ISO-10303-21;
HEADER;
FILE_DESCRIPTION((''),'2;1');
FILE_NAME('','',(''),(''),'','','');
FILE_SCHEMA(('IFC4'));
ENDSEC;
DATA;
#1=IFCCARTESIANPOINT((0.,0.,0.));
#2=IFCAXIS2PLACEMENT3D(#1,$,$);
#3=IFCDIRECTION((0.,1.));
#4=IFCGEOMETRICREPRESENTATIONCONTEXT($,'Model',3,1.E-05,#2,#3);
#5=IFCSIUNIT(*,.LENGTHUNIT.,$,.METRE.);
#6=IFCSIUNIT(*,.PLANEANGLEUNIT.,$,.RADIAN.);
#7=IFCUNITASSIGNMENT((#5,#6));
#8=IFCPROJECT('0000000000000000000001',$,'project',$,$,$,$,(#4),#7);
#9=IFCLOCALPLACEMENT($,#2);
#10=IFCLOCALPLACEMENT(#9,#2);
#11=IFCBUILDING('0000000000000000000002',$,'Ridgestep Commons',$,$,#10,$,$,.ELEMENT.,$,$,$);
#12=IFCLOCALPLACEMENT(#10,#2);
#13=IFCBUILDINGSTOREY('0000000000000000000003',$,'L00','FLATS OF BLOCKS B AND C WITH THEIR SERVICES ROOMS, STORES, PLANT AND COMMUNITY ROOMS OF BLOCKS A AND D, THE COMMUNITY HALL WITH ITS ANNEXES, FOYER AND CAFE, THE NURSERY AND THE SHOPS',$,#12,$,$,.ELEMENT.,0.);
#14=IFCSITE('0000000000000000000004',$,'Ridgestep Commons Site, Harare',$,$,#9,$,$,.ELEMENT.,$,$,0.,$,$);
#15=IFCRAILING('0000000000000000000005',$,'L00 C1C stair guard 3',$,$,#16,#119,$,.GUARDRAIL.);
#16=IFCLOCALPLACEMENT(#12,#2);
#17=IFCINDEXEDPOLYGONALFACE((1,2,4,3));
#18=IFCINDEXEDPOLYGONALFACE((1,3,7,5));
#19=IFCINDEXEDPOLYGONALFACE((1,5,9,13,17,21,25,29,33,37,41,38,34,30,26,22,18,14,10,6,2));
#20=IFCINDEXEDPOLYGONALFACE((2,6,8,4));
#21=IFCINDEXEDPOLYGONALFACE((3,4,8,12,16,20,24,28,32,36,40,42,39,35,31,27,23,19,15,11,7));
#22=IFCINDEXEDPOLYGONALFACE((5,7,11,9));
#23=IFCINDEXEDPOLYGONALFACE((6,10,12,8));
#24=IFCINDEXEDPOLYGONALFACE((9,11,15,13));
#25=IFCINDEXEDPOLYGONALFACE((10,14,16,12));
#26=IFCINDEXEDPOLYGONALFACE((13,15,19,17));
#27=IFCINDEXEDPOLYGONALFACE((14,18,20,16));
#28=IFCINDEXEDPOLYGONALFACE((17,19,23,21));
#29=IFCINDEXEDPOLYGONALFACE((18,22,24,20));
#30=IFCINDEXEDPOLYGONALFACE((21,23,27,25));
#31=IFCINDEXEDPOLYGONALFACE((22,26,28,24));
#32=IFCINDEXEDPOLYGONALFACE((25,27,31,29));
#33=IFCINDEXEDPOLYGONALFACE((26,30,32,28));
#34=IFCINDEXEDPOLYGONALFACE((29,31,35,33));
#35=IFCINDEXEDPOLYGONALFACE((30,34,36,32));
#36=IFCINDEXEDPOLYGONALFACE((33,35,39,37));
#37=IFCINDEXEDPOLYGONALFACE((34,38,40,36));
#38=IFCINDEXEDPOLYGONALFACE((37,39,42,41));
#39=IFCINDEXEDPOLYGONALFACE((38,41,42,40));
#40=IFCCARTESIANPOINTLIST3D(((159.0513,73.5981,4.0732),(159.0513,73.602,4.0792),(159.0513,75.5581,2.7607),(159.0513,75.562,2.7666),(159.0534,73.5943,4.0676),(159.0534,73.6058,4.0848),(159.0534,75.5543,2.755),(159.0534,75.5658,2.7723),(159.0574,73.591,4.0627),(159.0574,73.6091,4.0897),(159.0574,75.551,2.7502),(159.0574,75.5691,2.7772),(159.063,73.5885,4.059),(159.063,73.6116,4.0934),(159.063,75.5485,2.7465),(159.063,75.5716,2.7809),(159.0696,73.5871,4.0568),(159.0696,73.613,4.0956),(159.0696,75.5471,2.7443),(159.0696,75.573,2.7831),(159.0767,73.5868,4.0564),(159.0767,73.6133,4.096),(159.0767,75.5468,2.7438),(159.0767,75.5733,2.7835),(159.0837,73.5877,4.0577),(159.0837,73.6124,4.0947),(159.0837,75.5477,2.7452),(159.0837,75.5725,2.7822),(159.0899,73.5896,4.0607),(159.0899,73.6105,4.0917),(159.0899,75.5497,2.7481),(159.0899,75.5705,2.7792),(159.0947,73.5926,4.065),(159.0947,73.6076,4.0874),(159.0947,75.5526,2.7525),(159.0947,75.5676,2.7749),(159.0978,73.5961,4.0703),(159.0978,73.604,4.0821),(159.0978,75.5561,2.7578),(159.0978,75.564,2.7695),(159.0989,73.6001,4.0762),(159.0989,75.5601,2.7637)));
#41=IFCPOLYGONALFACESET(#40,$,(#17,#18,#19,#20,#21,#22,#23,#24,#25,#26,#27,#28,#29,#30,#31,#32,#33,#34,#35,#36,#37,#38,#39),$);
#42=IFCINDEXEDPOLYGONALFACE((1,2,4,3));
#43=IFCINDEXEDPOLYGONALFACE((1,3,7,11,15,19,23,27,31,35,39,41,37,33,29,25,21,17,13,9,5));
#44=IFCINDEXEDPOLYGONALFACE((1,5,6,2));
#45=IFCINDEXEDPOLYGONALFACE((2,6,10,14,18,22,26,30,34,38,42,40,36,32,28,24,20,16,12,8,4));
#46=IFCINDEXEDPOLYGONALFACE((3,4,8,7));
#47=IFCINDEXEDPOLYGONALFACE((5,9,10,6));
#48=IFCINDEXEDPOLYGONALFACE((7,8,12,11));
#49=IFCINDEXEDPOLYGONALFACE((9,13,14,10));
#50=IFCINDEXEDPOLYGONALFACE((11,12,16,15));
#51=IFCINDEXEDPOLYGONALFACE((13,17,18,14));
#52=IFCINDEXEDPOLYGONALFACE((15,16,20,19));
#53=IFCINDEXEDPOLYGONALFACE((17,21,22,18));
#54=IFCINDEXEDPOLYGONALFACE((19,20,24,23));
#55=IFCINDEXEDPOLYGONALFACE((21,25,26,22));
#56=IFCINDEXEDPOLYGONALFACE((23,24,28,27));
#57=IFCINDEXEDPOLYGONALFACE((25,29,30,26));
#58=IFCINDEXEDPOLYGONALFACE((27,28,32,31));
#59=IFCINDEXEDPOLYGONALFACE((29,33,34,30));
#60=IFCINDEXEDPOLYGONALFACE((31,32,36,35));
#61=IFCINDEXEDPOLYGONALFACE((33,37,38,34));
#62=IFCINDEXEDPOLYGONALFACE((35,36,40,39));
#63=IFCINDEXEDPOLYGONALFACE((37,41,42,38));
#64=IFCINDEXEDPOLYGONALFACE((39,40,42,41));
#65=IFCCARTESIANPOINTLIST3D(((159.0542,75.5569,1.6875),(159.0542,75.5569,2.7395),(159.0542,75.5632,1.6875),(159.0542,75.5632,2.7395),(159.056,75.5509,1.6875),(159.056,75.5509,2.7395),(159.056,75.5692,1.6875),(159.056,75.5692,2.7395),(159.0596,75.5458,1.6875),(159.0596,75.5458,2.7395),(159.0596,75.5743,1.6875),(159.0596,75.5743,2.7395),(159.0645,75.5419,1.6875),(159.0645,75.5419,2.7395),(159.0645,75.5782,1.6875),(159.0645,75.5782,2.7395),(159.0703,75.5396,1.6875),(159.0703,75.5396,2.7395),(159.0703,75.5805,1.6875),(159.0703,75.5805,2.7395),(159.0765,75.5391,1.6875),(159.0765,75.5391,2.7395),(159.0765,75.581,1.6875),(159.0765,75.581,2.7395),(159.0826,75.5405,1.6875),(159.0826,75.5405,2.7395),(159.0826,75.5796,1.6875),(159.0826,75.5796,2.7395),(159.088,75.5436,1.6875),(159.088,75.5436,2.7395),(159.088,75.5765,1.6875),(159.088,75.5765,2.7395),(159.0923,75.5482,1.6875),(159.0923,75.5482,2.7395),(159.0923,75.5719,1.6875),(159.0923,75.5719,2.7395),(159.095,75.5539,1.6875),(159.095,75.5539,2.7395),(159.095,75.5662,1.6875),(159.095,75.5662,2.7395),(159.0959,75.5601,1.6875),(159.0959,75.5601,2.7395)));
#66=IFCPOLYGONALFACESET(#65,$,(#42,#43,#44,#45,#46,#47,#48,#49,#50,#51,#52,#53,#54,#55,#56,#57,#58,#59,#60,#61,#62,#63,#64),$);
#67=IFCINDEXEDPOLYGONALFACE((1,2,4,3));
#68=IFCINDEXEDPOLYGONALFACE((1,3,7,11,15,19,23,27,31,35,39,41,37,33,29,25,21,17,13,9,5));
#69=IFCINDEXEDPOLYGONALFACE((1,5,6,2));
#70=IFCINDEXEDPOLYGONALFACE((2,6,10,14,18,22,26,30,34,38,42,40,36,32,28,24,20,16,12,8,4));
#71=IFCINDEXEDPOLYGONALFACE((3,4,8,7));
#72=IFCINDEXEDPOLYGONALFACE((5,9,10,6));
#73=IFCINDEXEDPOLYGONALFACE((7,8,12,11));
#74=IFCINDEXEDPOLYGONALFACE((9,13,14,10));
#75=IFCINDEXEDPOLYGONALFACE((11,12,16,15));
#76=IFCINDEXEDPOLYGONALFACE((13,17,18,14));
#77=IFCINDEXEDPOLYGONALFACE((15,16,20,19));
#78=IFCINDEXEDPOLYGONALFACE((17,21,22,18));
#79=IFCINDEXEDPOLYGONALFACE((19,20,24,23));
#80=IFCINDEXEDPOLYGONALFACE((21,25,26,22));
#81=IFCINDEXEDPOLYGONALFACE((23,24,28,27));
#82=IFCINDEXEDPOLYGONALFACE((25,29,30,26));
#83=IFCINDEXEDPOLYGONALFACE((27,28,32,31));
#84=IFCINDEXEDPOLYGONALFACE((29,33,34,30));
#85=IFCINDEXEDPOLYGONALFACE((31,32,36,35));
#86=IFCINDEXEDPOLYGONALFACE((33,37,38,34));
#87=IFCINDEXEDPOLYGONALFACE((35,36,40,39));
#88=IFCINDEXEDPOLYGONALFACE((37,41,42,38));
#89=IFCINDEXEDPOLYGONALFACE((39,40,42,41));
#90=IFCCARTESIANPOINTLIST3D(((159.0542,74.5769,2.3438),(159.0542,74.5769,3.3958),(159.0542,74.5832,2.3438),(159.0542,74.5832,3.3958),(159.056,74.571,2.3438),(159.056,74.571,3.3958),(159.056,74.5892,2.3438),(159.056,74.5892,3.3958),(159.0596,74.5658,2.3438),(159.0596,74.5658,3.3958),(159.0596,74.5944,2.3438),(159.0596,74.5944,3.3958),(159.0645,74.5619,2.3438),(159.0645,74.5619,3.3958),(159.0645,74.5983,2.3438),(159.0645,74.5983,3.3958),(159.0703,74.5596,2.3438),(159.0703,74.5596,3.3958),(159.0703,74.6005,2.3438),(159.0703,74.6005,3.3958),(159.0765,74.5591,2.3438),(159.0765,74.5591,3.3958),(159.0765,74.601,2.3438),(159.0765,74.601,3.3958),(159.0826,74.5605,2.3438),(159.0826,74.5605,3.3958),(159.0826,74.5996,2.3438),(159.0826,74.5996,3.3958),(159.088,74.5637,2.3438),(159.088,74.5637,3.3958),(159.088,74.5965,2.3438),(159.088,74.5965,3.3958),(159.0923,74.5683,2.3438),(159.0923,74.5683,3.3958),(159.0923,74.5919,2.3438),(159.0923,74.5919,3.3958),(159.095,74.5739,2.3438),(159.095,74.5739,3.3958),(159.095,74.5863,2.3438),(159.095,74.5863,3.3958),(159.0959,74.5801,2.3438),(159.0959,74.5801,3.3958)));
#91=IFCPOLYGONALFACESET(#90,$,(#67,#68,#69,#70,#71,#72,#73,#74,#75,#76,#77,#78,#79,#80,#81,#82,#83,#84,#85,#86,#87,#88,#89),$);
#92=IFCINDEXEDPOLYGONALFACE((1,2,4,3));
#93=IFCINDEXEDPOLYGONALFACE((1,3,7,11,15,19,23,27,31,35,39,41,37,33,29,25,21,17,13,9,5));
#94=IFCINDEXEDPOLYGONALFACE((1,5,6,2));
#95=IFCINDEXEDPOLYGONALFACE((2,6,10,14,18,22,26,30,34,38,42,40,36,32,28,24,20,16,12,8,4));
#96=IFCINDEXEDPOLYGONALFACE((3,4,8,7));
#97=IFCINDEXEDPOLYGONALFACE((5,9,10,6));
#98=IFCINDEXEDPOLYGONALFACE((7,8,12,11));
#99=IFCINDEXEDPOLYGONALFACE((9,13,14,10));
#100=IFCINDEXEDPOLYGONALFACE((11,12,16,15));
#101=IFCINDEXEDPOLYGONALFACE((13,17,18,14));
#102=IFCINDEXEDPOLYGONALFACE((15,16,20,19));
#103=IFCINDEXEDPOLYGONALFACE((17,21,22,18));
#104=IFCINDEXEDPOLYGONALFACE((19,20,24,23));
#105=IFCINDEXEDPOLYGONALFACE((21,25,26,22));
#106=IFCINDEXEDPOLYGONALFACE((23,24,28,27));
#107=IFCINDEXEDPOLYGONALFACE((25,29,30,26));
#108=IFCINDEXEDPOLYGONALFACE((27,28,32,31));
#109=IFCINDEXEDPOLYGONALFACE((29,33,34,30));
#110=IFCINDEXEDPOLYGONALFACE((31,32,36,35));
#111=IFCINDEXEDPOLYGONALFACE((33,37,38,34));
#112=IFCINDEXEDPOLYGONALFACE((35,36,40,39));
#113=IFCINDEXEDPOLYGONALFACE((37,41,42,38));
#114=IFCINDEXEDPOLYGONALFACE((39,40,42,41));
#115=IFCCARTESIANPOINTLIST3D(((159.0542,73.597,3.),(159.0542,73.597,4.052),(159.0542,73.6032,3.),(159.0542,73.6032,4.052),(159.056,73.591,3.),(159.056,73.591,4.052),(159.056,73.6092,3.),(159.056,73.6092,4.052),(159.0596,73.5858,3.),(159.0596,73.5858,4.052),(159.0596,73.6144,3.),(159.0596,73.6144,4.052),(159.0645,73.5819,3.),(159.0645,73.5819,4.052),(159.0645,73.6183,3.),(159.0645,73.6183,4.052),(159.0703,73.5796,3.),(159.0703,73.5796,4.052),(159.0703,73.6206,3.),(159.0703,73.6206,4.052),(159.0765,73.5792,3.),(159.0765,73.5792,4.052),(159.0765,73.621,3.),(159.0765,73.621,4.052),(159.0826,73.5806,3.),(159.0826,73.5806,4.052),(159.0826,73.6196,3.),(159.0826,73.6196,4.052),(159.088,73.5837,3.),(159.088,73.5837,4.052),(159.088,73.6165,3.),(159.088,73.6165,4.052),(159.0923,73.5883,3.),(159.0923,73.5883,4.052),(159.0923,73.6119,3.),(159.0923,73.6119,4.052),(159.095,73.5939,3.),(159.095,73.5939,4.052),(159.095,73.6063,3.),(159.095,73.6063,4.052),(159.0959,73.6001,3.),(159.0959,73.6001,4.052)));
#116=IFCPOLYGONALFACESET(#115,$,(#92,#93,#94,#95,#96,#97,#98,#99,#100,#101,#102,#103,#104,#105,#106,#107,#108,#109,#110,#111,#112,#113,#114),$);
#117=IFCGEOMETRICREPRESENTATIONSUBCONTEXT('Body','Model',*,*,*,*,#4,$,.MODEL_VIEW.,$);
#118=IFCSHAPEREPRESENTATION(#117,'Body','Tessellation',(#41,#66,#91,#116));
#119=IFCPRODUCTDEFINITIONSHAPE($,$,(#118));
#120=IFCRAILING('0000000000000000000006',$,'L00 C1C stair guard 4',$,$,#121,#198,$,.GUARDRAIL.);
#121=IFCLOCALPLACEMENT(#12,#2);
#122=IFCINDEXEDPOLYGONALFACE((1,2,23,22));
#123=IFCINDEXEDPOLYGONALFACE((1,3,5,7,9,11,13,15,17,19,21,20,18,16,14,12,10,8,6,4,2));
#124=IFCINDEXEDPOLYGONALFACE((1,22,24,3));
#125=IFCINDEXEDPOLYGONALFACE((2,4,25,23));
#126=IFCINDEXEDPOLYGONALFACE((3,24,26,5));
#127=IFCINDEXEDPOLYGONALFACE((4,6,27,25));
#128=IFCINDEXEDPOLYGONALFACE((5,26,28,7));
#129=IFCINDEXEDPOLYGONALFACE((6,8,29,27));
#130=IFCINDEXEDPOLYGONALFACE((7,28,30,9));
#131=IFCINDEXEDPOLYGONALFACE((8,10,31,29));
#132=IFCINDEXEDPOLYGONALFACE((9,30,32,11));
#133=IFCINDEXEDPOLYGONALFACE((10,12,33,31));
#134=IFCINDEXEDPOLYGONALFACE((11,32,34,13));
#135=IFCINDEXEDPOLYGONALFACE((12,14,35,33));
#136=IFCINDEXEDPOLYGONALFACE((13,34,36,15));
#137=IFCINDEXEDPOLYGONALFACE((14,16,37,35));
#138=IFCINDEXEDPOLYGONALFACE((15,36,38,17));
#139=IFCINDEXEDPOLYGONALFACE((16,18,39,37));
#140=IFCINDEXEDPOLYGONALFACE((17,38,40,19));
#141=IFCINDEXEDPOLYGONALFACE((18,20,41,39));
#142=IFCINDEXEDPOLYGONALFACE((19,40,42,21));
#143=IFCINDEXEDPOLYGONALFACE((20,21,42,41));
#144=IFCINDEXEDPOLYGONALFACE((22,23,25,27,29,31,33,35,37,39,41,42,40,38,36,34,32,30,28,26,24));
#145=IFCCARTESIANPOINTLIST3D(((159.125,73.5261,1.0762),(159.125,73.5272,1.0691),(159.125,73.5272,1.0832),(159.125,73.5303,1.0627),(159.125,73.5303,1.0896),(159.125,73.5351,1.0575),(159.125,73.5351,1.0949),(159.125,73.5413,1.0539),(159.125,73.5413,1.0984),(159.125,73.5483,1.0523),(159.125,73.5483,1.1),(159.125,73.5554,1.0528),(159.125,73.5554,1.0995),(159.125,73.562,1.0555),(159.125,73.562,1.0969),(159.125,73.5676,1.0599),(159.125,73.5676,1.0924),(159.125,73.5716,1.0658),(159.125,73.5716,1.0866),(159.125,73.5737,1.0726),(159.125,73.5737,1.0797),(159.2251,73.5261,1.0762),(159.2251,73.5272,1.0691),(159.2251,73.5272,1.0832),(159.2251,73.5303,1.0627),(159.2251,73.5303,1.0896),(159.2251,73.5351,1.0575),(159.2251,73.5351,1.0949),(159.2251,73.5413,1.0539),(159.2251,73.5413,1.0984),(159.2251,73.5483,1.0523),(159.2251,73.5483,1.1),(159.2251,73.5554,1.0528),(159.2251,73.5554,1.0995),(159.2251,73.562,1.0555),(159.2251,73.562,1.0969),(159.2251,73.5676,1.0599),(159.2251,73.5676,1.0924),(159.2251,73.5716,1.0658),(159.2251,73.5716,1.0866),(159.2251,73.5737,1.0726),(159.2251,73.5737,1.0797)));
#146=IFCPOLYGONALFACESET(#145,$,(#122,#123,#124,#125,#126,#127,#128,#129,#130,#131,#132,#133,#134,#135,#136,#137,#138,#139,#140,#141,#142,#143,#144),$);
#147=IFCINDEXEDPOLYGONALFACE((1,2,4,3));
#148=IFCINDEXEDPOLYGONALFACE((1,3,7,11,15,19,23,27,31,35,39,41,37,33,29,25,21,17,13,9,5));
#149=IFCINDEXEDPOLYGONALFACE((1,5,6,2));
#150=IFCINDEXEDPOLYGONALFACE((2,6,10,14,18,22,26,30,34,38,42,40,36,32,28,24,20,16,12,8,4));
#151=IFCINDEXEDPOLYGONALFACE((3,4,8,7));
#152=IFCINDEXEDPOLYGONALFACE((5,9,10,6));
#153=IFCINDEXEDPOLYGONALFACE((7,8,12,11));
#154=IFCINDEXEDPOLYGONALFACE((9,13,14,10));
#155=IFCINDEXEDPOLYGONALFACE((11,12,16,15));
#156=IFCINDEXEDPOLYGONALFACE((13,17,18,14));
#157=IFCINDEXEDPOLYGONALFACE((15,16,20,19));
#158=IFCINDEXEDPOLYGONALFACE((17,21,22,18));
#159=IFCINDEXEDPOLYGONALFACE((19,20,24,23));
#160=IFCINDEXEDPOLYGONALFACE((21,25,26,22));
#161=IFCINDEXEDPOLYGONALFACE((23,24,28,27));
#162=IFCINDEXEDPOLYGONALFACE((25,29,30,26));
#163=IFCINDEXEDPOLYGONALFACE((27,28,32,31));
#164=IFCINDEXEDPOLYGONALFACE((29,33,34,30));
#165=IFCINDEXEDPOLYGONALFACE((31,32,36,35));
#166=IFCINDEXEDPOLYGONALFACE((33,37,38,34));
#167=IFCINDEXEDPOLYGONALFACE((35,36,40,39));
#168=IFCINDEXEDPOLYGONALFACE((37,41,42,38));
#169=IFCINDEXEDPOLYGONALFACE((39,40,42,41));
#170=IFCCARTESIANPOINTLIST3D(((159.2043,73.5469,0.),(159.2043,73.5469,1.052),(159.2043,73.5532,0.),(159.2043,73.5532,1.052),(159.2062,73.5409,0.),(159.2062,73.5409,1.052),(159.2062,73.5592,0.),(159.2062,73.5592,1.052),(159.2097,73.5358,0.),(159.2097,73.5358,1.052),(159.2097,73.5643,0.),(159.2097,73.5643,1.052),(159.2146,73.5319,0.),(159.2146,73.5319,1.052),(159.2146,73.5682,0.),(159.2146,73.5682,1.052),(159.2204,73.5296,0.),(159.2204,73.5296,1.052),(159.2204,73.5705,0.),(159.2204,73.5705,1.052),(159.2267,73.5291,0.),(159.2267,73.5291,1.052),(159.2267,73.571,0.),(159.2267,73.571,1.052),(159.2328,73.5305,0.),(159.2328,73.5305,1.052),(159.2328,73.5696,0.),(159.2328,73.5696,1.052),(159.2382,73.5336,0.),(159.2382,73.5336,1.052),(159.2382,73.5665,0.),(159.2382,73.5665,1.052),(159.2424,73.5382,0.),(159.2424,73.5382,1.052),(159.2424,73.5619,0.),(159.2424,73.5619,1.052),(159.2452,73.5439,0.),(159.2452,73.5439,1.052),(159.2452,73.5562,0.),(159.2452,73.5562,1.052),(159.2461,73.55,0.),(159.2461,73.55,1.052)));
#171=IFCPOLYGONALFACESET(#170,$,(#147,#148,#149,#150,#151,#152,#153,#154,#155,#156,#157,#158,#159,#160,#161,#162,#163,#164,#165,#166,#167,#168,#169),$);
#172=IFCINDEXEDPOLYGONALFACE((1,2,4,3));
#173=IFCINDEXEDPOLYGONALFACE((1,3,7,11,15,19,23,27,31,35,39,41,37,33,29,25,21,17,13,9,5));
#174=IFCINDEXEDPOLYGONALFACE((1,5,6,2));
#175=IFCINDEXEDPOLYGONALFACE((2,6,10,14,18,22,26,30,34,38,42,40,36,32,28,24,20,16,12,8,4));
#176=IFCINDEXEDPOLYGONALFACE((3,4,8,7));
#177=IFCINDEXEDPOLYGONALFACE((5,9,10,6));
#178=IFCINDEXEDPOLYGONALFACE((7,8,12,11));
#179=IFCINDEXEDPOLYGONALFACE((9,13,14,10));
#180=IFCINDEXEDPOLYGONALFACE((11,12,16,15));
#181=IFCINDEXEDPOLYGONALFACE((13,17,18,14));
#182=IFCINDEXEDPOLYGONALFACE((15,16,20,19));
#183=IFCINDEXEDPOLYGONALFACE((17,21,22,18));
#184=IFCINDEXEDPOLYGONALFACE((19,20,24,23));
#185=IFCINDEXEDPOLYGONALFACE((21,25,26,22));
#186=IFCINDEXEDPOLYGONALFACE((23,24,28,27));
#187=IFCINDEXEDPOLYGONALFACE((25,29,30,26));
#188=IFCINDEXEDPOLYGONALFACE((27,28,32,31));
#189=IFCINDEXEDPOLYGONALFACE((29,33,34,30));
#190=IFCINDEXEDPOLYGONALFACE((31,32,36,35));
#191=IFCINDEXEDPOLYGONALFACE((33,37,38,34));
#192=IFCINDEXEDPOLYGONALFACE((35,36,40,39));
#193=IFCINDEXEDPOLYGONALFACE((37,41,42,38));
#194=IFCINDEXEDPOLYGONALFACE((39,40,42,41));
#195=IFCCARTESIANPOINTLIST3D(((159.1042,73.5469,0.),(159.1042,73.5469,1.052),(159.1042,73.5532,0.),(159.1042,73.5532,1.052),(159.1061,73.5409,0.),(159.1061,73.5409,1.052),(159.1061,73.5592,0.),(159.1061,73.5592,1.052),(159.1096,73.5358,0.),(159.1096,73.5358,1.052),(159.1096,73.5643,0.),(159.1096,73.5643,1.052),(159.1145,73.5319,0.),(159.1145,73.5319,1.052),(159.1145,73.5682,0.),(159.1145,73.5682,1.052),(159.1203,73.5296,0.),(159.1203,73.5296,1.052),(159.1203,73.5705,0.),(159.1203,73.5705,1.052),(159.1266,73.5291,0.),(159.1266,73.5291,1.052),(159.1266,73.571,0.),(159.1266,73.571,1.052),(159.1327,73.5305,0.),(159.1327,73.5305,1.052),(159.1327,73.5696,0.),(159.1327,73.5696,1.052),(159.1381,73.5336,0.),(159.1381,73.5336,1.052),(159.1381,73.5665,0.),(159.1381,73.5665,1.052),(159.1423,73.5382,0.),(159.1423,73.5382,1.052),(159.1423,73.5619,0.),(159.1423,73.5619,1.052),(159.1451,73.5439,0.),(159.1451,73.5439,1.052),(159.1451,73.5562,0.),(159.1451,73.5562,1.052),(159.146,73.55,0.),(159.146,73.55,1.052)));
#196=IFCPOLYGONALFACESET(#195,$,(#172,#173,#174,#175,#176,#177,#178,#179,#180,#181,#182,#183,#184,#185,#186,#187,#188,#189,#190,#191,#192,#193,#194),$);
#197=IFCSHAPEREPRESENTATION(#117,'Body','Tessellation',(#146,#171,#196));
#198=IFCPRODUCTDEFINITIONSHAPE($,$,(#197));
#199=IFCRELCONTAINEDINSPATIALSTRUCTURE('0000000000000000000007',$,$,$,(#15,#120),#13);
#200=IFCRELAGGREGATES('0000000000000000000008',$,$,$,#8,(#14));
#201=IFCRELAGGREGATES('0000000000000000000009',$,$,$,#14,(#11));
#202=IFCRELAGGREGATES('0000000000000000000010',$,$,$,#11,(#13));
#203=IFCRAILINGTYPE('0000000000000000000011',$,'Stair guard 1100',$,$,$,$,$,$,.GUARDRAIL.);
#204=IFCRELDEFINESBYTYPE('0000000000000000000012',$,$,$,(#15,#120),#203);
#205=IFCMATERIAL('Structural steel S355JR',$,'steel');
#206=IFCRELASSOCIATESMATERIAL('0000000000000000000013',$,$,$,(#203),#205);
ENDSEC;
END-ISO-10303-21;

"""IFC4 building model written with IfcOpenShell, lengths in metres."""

from ifc_helpers import new_model, si_unit, direction, frame, origin, origin_2d, place, context, subcontext, project, spatial, circle, extrude, material, type_object, element, save


model = new_model("IFC4")

# Units and contexts
model_context = context("Model", 3, precision=1e-05, world=origin(), true_north=direction((0.0, 1.0)))
body_context = subcontext(model_context, "Body", "Model", "MODEL_VIEW")
ifc_project = project(units=[si_unit("LENGTHUNIT", "METRE"), si_unit("PLANEANGLEUNIT", "RADIAN")], contexts=[model_context])

# Site, building, storey
site_placement = place(None, origin())
site = spatial("IfcSite", under=ifc_project, at=site_placement, Name="Ridgestep Commons Site, Harare", CompositionType="ELEMENT", RefElevation=0.0)
building_placement = place(site_placement, origin())
building = spatial("IfcBuilding", under=site, at=building_placement, Name="Ridgestep Commons", CompositionType="ELEMENT")
storey_placement = place(building_placement, origin())
storey = spatial("IfcBuildingStorey", under=building, at=storey_placement, Name="L00", Description="FLATS OF BLOCKS B AND C WITH THEIR SERVICES ROOMS, STORES, PLANT AND COMMUNITY ROOMS OF BLOCKS A AND D, THE COMMUNITY HALL WITH ITS ANNEXES, FOYER AND CAFE, THE NURSERY AND THE SHOPS", CompositionType="ELEMENT", Elevation=0.0)

# Railings
ifc_material_1 = material(Name="Structural steel S355JR", Category="steel")
railing_type_1 = type_object("IfcRailingType", Name="Stair guard 1100", PredefinedType="GUARDRAIL", material=ifc_material_1)
railing_1_placement = place(storey_placement, frame((159.075, 75.5601, 1.6875)))
element("IfcRailing", 1, at=railing_1_placement, inside=storey, type_object=railing_type_1, Name="L00 C1C stair guard 3", PredefinedType="GUARDRAIL", context=body_context, shape_type="SweptSolid", body=[
    extrude(circle(Radius=0.0239, at=origin_2d()), frame((0.0, 0.0, 1.0762), z_axis=(0.0, -0.830902, 0.556419), x_axis=(1.0, 0.0, 0.0)), (0.0, 0.0, 1.0), 2.3589),
    extrude(circle(Radius=0.021, at=origin_2d()), origin(), (0.0, 0.0, 1.0), 1.052),
    extrude(circle(Radius=0.021, at=origin_2d()), frame((0.0, -0.98, 0.6562)), (0.0, 0.0, 1.0), 1.052),
    extrude(circle(Radius=0.021, at=origin_2d()), frame((0.0, -1.96, 1.3125)), (0.0, 0.0, 1.0), 1.052),
])
railing_2_placement = place(storey_placement, frame((159.2251, 73.55, 0.0)))
element("IfcRailing", 2, at=railing_2_placement, inside=storey, type_object=railing_type_1, Name="L00 C1C stair guard 4", PredefinedType="GUARDRAIL", context=body_context, shape_type="SweptSolid", body=[
    extrude(circle(Radius=0.0239, at=origin_2d()), frame((0.0, 0.0, 1.0762), z_axis=(-1.0, 0.0, 0.0), x_axis=(0.0, -1.0, 0.0)), (0.0, 0.0, 1.0), 0.1001),
    extrude(circle(Radius=0.021, at=origin_2d()), origin(), (0.0, 0.0, 1.0), 1.052),
    extrude(circle(Radius=0.021, at=origin_2d()), frame((-0.1001, 0.0, 0.0)), (0.0, 0.0, 1.0), 1.052),
])

save(model, "model.ifc")
